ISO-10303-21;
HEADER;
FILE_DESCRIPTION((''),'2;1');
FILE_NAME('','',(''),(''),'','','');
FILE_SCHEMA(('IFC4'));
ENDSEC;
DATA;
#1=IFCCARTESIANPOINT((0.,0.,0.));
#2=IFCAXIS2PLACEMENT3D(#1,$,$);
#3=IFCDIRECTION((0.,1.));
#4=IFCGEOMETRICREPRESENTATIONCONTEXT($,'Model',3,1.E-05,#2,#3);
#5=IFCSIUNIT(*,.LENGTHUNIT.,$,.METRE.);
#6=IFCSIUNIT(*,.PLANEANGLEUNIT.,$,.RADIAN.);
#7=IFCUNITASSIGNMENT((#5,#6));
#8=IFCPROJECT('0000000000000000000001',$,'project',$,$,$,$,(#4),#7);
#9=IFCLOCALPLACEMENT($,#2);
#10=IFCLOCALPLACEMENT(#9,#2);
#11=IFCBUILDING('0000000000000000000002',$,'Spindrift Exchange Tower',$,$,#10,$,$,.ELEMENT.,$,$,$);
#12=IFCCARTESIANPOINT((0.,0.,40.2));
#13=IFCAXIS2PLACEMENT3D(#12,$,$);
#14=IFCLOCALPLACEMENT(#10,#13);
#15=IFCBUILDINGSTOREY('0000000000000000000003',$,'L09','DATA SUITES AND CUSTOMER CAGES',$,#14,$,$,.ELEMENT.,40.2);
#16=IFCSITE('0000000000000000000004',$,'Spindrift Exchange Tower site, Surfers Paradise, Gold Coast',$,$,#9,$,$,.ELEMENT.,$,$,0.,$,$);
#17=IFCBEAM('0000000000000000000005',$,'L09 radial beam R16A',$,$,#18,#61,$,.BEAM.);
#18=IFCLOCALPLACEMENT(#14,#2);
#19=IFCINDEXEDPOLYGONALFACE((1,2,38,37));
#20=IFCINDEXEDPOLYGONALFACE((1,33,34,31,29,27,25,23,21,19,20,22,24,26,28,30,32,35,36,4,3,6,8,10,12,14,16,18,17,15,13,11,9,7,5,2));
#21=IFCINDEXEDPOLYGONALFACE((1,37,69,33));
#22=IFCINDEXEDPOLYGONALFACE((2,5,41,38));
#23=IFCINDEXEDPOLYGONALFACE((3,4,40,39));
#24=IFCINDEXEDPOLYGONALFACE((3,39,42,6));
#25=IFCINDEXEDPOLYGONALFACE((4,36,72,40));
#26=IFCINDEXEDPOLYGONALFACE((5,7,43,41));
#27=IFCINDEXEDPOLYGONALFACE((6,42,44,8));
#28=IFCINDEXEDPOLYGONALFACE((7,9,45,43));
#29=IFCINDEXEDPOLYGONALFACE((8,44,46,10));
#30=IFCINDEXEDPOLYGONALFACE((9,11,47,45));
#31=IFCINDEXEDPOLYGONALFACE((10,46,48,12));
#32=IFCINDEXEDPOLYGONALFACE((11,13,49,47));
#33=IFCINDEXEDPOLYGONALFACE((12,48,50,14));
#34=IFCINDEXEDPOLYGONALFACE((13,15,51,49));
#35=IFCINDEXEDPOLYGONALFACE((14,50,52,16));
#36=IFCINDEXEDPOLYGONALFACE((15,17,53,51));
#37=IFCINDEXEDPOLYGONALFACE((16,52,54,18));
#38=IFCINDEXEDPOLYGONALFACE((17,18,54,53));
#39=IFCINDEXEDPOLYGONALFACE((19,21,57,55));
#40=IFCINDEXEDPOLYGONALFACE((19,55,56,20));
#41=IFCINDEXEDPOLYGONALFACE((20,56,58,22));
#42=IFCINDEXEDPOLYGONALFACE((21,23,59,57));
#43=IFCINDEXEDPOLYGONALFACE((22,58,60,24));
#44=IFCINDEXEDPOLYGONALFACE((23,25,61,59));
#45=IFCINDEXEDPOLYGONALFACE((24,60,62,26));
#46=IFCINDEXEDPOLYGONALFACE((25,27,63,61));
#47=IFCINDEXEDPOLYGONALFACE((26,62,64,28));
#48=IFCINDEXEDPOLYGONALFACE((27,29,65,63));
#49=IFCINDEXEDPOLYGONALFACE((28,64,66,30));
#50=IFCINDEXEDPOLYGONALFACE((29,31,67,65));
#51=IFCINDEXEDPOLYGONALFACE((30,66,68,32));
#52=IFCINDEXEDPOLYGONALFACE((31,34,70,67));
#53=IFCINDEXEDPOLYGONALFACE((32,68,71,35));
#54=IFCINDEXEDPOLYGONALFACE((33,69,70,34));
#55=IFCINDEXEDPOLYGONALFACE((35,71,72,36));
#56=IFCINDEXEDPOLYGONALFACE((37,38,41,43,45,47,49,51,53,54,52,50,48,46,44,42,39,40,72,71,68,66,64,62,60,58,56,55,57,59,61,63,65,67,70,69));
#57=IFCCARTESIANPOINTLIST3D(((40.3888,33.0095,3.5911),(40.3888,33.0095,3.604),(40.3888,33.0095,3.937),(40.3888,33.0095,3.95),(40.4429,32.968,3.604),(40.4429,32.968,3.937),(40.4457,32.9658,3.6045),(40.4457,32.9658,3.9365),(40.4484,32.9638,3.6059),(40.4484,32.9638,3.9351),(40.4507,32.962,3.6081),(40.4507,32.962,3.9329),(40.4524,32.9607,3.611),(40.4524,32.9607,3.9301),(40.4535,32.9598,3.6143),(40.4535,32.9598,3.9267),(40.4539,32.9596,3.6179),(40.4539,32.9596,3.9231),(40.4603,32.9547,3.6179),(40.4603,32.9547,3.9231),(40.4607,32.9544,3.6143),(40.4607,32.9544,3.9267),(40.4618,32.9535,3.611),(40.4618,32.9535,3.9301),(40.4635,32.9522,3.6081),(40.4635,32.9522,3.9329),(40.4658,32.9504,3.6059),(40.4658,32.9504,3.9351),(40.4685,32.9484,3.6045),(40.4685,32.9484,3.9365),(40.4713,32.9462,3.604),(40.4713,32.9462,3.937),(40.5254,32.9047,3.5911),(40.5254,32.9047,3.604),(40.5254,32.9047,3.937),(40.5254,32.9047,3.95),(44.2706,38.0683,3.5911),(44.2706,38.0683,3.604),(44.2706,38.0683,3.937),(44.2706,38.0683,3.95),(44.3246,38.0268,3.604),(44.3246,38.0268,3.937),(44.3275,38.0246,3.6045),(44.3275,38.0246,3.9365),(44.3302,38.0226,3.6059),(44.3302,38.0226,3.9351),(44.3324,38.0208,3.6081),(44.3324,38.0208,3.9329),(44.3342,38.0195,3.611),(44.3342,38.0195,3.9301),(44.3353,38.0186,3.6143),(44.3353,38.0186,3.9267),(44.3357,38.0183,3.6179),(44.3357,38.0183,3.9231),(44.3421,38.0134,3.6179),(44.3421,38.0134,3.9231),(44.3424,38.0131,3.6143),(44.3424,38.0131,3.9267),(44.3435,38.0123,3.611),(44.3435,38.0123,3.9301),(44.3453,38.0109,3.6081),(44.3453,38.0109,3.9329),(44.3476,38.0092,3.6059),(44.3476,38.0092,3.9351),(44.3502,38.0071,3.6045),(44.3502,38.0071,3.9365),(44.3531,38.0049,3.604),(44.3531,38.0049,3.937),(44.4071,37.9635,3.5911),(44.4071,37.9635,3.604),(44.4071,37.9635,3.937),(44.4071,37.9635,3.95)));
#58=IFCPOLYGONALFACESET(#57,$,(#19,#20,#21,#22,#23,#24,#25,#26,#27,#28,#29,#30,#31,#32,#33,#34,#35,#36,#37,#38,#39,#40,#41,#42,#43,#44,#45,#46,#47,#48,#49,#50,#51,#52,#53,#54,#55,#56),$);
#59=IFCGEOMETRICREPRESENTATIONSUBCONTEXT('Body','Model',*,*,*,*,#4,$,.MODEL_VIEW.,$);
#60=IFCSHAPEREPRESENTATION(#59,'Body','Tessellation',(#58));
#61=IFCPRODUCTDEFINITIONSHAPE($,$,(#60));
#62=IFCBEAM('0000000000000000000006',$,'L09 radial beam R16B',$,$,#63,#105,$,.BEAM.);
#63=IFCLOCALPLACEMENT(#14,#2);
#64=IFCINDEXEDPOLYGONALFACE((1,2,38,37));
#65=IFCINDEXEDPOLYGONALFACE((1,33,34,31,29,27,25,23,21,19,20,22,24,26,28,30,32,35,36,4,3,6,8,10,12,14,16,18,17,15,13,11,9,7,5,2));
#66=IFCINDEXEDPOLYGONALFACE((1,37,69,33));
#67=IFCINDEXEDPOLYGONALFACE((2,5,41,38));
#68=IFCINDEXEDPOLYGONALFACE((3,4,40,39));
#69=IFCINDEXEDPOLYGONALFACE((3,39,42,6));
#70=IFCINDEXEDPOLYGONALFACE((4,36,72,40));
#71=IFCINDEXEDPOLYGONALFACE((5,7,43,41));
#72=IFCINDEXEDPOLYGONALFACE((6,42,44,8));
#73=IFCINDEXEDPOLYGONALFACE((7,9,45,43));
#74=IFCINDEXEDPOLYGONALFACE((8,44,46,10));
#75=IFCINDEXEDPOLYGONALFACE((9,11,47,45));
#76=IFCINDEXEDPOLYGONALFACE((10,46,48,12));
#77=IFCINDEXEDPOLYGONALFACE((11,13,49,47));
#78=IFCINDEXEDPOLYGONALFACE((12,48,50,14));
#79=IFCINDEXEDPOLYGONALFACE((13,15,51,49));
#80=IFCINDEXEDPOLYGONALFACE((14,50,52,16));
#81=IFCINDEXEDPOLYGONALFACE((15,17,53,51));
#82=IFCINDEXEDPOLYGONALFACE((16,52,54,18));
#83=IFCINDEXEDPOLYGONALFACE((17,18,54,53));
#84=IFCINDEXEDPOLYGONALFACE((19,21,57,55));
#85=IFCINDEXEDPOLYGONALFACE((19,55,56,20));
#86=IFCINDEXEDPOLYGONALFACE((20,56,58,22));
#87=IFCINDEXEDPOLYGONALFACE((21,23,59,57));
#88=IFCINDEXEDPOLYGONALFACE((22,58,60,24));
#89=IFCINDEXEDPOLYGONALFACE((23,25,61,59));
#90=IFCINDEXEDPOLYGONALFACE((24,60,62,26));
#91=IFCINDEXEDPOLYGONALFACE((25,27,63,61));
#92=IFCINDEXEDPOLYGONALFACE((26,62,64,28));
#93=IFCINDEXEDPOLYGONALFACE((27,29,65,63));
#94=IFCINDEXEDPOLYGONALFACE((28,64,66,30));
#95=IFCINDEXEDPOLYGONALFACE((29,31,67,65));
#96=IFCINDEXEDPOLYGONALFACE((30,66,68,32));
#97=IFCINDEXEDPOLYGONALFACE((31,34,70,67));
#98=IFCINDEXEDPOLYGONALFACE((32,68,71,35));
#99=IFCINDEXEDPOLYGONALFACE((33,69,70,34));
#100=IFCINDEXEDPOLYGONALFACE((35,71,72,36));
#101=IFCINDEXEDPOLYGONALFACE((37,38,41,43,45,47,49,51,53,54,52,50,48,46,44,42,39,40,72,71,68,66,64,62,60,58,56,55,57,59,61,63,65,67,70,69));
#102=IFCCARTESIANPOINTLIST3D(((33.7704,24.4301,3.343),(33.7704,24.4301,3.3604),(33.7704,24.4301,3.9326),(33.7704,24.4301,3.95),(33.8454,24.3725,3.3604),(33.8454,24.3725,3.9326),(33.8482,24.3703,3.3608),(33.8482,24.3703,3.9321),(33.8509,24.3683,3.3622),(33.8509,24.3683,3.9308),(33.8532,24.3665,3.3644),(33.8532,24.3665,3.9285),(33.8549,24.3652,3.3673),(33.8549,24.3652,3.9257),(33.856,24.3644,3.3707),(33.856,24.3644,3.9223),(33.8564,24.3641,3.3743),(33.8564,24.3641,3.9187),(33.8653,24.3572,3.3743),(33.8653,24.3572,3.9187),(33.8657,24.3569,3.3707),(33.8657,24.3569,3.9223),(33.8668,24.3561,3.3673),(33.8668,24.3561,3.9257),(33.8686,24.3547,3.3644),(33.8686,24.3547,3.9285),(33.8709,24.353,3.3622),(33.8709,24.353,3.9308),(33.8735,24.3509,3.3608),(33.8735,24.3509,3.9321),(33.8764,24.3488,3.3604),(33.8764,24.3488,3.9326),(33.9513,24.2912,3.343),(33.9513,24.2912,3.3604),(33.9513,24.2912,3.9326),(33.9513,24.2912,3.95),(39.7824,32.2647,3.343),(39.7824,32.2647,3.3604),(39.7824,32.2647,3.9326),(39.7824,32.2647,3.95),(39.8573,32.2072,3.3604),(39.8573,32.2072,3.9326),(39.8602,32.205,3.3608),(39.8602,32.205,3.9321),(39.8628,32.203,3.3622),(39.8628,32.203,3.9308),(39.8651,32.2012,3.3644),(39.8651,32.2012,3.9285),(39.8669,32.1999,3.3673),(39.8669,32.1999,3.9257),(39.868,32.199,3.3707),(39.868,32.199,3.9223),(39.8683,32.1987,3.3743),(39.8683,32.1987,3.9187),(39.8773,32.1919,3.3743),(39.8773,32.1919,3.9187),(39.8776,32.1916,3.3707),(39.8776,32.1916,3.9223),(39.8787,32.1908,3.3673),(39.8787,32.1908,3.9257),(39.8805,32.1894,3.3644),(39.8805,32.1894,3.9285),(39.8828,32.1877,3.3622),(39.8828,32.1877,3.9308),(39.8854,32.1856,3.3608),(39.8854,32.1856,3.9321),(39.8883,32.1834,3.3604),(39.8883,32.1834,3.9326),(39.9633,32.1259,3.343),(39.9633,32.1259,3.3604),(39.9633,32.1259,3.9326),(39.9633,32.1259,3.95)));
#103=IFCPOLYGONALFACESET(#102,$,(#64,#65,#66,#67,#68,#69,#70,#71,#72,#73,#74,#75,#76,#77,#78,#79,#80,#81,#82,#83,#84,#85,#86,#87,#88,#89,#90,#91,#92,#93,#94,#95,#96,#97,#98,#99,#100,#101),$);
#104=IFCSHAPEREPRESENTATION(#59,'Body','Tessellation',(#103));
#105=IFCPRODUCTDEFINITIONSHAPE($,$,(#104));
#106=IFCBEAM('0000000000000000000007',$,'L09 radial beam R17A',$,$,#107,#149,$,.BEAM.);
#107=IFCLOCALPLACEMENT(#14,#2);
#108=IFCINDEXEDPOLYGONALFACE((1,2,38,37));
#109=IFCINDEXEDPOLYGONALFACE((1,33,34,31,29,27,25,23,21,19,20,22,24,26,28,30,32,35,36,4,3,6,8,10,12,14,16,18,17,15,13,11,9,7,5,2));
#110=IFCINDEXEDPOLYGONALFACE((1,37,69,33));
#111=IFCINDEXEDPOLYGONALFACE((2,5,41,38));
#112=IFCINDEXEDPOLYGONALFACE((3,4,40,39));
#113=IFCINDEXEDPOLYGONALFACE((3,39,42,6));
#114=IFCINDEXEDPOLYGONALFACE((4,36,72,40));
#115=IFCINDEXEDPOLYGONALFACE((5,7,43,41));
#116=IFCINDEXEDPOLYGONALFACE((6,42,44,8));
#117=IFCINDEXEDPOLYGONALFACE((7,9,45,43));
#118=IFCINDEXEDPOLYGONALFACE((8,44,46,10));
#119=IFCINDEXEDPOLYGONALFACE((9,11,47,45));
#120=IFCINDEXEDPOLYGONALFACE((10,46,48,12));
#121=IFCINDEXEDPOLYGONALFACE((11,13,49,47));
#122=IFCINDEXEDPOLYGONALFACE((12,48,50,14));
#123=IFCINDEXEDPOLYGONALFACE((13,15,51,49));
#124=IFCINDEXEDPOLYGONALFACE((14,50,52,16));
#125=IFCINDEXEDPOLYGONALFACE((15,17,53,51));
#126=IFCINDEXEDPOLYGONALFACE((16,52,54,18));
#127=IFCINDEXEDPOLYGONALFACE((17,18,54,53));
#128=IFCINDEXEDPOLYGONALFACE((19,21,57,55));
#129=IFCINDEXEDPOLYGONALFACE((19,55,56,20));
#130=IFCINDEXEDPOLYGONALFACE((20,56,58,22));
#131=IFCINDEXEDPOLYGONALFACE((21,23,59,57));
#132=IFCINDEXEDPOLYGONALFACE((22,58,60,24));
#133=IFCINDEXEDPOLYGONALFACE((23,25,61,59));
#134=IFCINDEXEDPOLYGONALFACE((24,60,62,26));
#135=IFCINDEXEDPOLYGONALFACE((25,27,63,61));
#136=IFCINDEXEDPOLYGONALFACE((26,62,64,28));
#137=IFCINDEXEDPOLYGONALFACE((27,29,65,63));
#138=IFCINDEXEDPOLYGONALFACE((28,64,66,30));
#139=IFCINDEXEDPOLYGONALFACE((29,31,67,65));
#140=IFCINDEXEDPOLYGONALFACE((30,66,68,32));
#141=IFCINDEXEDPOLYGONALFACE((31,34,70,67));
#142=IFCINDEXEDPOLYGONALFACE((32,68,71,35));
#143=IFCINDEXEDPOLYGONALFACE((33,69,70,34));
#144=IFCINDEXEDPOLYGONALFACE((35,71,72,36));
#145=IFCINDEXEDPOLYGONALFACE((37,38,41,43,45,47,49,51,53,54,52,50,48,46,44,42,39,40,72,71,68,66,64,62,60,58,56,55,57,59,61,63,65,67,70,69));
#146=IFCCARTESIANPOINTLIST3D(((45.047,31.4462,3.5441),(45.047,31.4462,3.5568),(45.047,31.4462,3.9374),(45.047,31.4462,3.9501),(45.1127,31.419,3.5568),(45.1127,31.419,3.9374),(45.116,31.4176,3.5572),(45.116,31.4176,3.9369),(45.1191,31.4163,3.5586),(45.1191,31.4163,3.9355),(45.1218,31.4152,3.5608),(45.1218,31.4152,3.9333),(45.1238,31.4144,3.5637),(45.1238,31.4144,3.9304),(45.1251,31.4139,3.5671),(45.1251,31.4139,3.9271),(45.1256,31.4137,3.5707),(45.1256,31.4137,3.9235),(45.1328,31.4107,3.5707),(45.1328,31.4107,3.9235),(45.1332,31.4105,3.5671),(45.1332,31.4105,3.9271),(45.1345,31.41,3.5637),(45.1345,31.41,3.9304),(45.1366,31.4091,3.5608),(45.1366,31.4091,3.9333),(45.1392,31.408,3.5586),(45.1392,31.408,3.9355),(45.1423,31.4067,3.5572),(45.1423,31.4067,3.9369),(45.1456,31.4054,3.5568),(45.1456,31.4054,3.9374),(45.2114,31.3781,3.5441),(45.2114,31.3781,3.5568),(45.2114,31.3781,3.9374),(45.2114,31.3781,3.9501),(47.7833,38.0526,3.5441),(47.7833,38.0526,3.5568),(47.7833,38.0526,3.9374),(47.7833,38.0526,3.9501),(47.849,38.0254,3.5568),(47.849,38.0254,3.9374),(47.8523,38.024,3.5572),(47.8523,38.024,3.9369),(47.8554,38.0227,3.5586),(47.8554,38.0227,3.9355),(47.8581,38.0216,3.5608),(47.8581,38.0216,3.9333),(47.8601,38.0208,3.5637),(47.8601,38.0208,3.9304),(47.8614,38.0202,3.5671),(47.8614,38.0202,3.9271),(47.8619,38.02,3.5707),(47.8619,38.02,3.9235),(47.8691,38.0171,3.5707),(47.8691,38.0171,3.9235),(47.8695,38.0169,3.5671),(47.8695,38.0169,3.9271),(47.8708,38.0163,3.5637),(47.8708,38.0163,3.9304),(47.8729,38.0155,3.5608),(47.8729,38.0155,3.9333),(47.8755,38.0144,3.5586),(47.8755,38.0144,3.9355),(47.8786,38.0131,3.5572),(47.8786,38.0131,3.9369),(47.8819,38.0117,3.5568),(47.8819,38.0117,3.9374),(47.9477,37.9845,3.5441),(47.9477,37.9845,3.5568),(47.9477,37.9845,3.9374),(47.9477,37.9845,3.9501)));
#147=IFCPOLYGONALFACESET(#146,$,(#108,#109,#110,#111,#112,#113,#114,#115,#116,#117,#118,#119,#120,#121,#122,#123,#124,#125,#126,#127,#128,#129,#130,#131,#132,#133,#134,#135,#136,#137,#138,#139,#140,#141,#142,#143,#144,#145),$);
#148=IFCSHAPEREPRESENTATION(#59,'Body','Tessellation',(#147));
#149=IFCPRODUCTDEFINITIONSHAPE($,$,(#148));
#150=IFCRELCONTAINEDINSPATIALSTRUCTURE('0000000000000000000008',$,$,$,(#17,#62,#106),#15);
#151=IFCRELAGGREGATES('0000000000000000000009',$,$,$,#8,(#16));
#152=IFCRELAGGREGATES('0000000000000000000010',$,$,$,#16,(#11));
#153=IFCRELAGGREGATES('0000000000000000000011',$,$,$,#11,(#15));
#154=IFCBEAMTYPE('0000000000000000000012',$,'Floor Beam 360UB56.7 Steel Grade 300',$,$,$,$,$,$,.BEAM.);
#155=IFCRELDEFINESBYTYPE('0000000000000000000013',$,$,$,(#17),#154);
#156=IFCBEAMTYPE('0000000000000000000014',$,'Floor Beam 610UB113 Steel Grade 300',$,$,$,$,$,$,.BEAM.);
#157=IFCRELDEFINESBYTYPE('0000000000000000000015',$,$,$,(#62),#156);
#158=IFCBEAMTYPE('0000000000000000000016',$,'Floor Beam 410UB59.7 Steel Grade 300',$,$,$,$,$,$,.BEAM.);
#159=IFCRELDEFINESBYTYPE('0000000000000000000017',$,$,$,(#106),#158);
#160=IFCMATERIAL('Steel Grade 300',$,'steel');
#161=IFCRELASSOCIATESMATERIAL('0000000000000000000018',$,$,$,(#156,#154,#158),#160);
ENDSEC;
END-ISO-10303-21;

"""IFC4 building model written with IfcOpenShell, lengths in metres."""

from ifc_helpers import new_model, si_unit, direction, frame, origin, origin_2d, place, context, subcontext, project, spatial, i_section, extrude, source, transform, mapped, material, material_profile, profile_set, type_object, element, save


model = new_model("IFC4")

# Units and contexts
model_context = context("Model", 3, precision=1e-05, world=origin(), true_north=direction((0.0, 1.0)))
body_context = subcontext(model_context, "Body", "Model", "MODEL_VIEW")
ifc_project = project(units=[si_unit("LENGTHUNIT", "METRE"), si_unit("PLANEANGLEUNIT", "RADIAN")], contexts=[model_context])

# Site, building, storey
site_placement = place(None, origin())
site = spatial("IfcSite", under=ifc_project, at=site_placement, Name="Spindrift Exchange Tower site, Surfers Paradise, Gold Coast", CompositionType="ELEMENT", RefElevation=0.0)
building_placement = place(site_placement, origin())
building = spatial("IfcBuilding", under=site, at=building_placement, Name="Spindrift Exchange Tower", CompositionType="ELEMENT")
storey_placement = place(building_placement, frame((0.0, 0.0, 40.2)))
storey = spatial("IfcBuildingStorey", under=building, at=storey_placement, Name="L09", Description="DATA SUITES AND CUSTOMER CAGES", CompositionType="ELEMENT", Elevation=40.2)

# Beams
ifc_material_1 = material(Name="Steel Grade 300", Category="steel")
ifc_material_profile_1 = material_profile(ifc_material_1, i_section(OverallWidth=0.228, OverallDepth=0.6069, WebThickness=0.0112, FlangeThickness=0.0173, FilletRadius=0.0139, at=origin_2d()), Name="610UB113")
ifc_profile_set_1 = profile_set([ifc_material_profile_1], Name="Steel Grade 300")
beam_type_1 = type_object("IfcBeamType", Name="Floor Beam 610UB113 Steel Grade 300", PredefinedType="BEAM", material=ifc_profile_set_1)
ifc_material_profile_2 = material_profile(ifc_material_1, i_section(OverallWidth=0.1721, OverallDepth=0.3589, WebThickness=0.0081, FlangeThickness=0.0129, FilletRadius=0.0139, at=origin_2d()), Name="360UB56.7")
ifc_profile_set_2 = profile_set([ifc_material_profile_2], Name="Steel Grade 300")
beam_type_2 = type_object("IfcBeamType", Name="Floor Beam 360UB56.7 Steel Grade 300", PredefinedType="BEAM", material=ifc_profile_set_2)
shared_shape_1 = source(origin(), body_context, "Body", "SweptSolid", [
    extrude(i_section(OverallWidth=0.1721, OverallDepth=0.3589, WebThickness=0.0081, FlangeThickness=0.0129, FilletRadius=0.0139, at=origin_2d()), origin(), (0.0, 0.0, 1.0), 6.3765),
])
beam_1_placement = place(storey_placement, frame((44.3389, 38.0159, 3.7705), z_axis=(-0.608767, -0.793349, 0.0), x_axis=(0.793349, -0.608767, 0.0)))
element("IfcBeam", 1, at=beam_1_placement, inside=storey, type_object=beam_type_2, Name="L09 radial beam R16A", PredefinedType="BEAM", context=body_context, shape_type="MappedRepresentation", body=[
    mapped(shared_shape_1, transform((0.0, 0.0, 0.0), scale=1.0)),
])
shared_shape_2 = source(origin(), body_context, "Body", "SweptSolid", [
    extrude(i_section(OverallWidth=0.228, OverallDepth=0.6069, WebThickness=0.0112, FlangeThickness=0.0173, FilletRadius=0.0139, at=origin_2d()), origin(), (0.0, 0.0, 1.0), 9.8755),
])
beam_2_placement = place(storey_placement, frame((39.8728, 32.1953, 3.6465), z_axis=(-0.608772, -0.793345, 0.0), x_axis=(0.793345, -0.608772, 0.0)))
element("IfcBeam", 2, at=beam_2_placement, inside=storey, type_object=beam_type_1, Name="L09 radial beam R16B", PredefinedType="BEAM", context=body_context, shape_type="MappedRepresentation", body=[
    mapped(shared_shape_2, transform((0.0, 0.0, 0.0), scale=1.0)),
])
ifc_material_profile_3 = material_profile(ifc_material_1, i_section(OverallWidth=0.178, OverallDepth=0.406, WebThickness=0.0078, FlangeThickness=0.0127, FilletRadius=0.0139, at=origin_2d()), Name="410UB59.7")
ifc_profile_set_3 = profile_set([ifc_material_profile_3], Name="Steel Grade 300")
beam_type_3 = type_object("IfcBeamType", Name="Floor Beam 410UB59.7 Steel Grade 300", PredefinedType="BEAM", material=ifc_profile_set_3)
shared_shape_3 = source(origin(), body_context, "Body", "SweptSolid", [
    extrude(i_section(OverallWidth=0.178, OverallDepth=0.406, WebThickness=0.0078, FlangeThickness=0.0127, FilletRadius=0.0139, at=origin_2d()), origin(), (0.0, 0.0, 1.0), 7.1506),
])
beam_3_placement = place(storey_placement, frame((47.8655, 38.0186, 3.7471), z_axis=(-0.382665, -0.923887, 0.0), x_axis=(0.923887, -0.382665, 0.0)))
element("IfcBeam", 3, at=beam_3_placement, inside=storey, type_object=beam_type_3, Name="L09 radial beam R17A", PredefinedType="BEAM", context=body_context, shape_type="MappedRepresentation", body=[
    mapped(shared_shape_3, transform((0.0, 0.0, 0.0), scale=1.0)),
])

save(model, "model.ifc")
